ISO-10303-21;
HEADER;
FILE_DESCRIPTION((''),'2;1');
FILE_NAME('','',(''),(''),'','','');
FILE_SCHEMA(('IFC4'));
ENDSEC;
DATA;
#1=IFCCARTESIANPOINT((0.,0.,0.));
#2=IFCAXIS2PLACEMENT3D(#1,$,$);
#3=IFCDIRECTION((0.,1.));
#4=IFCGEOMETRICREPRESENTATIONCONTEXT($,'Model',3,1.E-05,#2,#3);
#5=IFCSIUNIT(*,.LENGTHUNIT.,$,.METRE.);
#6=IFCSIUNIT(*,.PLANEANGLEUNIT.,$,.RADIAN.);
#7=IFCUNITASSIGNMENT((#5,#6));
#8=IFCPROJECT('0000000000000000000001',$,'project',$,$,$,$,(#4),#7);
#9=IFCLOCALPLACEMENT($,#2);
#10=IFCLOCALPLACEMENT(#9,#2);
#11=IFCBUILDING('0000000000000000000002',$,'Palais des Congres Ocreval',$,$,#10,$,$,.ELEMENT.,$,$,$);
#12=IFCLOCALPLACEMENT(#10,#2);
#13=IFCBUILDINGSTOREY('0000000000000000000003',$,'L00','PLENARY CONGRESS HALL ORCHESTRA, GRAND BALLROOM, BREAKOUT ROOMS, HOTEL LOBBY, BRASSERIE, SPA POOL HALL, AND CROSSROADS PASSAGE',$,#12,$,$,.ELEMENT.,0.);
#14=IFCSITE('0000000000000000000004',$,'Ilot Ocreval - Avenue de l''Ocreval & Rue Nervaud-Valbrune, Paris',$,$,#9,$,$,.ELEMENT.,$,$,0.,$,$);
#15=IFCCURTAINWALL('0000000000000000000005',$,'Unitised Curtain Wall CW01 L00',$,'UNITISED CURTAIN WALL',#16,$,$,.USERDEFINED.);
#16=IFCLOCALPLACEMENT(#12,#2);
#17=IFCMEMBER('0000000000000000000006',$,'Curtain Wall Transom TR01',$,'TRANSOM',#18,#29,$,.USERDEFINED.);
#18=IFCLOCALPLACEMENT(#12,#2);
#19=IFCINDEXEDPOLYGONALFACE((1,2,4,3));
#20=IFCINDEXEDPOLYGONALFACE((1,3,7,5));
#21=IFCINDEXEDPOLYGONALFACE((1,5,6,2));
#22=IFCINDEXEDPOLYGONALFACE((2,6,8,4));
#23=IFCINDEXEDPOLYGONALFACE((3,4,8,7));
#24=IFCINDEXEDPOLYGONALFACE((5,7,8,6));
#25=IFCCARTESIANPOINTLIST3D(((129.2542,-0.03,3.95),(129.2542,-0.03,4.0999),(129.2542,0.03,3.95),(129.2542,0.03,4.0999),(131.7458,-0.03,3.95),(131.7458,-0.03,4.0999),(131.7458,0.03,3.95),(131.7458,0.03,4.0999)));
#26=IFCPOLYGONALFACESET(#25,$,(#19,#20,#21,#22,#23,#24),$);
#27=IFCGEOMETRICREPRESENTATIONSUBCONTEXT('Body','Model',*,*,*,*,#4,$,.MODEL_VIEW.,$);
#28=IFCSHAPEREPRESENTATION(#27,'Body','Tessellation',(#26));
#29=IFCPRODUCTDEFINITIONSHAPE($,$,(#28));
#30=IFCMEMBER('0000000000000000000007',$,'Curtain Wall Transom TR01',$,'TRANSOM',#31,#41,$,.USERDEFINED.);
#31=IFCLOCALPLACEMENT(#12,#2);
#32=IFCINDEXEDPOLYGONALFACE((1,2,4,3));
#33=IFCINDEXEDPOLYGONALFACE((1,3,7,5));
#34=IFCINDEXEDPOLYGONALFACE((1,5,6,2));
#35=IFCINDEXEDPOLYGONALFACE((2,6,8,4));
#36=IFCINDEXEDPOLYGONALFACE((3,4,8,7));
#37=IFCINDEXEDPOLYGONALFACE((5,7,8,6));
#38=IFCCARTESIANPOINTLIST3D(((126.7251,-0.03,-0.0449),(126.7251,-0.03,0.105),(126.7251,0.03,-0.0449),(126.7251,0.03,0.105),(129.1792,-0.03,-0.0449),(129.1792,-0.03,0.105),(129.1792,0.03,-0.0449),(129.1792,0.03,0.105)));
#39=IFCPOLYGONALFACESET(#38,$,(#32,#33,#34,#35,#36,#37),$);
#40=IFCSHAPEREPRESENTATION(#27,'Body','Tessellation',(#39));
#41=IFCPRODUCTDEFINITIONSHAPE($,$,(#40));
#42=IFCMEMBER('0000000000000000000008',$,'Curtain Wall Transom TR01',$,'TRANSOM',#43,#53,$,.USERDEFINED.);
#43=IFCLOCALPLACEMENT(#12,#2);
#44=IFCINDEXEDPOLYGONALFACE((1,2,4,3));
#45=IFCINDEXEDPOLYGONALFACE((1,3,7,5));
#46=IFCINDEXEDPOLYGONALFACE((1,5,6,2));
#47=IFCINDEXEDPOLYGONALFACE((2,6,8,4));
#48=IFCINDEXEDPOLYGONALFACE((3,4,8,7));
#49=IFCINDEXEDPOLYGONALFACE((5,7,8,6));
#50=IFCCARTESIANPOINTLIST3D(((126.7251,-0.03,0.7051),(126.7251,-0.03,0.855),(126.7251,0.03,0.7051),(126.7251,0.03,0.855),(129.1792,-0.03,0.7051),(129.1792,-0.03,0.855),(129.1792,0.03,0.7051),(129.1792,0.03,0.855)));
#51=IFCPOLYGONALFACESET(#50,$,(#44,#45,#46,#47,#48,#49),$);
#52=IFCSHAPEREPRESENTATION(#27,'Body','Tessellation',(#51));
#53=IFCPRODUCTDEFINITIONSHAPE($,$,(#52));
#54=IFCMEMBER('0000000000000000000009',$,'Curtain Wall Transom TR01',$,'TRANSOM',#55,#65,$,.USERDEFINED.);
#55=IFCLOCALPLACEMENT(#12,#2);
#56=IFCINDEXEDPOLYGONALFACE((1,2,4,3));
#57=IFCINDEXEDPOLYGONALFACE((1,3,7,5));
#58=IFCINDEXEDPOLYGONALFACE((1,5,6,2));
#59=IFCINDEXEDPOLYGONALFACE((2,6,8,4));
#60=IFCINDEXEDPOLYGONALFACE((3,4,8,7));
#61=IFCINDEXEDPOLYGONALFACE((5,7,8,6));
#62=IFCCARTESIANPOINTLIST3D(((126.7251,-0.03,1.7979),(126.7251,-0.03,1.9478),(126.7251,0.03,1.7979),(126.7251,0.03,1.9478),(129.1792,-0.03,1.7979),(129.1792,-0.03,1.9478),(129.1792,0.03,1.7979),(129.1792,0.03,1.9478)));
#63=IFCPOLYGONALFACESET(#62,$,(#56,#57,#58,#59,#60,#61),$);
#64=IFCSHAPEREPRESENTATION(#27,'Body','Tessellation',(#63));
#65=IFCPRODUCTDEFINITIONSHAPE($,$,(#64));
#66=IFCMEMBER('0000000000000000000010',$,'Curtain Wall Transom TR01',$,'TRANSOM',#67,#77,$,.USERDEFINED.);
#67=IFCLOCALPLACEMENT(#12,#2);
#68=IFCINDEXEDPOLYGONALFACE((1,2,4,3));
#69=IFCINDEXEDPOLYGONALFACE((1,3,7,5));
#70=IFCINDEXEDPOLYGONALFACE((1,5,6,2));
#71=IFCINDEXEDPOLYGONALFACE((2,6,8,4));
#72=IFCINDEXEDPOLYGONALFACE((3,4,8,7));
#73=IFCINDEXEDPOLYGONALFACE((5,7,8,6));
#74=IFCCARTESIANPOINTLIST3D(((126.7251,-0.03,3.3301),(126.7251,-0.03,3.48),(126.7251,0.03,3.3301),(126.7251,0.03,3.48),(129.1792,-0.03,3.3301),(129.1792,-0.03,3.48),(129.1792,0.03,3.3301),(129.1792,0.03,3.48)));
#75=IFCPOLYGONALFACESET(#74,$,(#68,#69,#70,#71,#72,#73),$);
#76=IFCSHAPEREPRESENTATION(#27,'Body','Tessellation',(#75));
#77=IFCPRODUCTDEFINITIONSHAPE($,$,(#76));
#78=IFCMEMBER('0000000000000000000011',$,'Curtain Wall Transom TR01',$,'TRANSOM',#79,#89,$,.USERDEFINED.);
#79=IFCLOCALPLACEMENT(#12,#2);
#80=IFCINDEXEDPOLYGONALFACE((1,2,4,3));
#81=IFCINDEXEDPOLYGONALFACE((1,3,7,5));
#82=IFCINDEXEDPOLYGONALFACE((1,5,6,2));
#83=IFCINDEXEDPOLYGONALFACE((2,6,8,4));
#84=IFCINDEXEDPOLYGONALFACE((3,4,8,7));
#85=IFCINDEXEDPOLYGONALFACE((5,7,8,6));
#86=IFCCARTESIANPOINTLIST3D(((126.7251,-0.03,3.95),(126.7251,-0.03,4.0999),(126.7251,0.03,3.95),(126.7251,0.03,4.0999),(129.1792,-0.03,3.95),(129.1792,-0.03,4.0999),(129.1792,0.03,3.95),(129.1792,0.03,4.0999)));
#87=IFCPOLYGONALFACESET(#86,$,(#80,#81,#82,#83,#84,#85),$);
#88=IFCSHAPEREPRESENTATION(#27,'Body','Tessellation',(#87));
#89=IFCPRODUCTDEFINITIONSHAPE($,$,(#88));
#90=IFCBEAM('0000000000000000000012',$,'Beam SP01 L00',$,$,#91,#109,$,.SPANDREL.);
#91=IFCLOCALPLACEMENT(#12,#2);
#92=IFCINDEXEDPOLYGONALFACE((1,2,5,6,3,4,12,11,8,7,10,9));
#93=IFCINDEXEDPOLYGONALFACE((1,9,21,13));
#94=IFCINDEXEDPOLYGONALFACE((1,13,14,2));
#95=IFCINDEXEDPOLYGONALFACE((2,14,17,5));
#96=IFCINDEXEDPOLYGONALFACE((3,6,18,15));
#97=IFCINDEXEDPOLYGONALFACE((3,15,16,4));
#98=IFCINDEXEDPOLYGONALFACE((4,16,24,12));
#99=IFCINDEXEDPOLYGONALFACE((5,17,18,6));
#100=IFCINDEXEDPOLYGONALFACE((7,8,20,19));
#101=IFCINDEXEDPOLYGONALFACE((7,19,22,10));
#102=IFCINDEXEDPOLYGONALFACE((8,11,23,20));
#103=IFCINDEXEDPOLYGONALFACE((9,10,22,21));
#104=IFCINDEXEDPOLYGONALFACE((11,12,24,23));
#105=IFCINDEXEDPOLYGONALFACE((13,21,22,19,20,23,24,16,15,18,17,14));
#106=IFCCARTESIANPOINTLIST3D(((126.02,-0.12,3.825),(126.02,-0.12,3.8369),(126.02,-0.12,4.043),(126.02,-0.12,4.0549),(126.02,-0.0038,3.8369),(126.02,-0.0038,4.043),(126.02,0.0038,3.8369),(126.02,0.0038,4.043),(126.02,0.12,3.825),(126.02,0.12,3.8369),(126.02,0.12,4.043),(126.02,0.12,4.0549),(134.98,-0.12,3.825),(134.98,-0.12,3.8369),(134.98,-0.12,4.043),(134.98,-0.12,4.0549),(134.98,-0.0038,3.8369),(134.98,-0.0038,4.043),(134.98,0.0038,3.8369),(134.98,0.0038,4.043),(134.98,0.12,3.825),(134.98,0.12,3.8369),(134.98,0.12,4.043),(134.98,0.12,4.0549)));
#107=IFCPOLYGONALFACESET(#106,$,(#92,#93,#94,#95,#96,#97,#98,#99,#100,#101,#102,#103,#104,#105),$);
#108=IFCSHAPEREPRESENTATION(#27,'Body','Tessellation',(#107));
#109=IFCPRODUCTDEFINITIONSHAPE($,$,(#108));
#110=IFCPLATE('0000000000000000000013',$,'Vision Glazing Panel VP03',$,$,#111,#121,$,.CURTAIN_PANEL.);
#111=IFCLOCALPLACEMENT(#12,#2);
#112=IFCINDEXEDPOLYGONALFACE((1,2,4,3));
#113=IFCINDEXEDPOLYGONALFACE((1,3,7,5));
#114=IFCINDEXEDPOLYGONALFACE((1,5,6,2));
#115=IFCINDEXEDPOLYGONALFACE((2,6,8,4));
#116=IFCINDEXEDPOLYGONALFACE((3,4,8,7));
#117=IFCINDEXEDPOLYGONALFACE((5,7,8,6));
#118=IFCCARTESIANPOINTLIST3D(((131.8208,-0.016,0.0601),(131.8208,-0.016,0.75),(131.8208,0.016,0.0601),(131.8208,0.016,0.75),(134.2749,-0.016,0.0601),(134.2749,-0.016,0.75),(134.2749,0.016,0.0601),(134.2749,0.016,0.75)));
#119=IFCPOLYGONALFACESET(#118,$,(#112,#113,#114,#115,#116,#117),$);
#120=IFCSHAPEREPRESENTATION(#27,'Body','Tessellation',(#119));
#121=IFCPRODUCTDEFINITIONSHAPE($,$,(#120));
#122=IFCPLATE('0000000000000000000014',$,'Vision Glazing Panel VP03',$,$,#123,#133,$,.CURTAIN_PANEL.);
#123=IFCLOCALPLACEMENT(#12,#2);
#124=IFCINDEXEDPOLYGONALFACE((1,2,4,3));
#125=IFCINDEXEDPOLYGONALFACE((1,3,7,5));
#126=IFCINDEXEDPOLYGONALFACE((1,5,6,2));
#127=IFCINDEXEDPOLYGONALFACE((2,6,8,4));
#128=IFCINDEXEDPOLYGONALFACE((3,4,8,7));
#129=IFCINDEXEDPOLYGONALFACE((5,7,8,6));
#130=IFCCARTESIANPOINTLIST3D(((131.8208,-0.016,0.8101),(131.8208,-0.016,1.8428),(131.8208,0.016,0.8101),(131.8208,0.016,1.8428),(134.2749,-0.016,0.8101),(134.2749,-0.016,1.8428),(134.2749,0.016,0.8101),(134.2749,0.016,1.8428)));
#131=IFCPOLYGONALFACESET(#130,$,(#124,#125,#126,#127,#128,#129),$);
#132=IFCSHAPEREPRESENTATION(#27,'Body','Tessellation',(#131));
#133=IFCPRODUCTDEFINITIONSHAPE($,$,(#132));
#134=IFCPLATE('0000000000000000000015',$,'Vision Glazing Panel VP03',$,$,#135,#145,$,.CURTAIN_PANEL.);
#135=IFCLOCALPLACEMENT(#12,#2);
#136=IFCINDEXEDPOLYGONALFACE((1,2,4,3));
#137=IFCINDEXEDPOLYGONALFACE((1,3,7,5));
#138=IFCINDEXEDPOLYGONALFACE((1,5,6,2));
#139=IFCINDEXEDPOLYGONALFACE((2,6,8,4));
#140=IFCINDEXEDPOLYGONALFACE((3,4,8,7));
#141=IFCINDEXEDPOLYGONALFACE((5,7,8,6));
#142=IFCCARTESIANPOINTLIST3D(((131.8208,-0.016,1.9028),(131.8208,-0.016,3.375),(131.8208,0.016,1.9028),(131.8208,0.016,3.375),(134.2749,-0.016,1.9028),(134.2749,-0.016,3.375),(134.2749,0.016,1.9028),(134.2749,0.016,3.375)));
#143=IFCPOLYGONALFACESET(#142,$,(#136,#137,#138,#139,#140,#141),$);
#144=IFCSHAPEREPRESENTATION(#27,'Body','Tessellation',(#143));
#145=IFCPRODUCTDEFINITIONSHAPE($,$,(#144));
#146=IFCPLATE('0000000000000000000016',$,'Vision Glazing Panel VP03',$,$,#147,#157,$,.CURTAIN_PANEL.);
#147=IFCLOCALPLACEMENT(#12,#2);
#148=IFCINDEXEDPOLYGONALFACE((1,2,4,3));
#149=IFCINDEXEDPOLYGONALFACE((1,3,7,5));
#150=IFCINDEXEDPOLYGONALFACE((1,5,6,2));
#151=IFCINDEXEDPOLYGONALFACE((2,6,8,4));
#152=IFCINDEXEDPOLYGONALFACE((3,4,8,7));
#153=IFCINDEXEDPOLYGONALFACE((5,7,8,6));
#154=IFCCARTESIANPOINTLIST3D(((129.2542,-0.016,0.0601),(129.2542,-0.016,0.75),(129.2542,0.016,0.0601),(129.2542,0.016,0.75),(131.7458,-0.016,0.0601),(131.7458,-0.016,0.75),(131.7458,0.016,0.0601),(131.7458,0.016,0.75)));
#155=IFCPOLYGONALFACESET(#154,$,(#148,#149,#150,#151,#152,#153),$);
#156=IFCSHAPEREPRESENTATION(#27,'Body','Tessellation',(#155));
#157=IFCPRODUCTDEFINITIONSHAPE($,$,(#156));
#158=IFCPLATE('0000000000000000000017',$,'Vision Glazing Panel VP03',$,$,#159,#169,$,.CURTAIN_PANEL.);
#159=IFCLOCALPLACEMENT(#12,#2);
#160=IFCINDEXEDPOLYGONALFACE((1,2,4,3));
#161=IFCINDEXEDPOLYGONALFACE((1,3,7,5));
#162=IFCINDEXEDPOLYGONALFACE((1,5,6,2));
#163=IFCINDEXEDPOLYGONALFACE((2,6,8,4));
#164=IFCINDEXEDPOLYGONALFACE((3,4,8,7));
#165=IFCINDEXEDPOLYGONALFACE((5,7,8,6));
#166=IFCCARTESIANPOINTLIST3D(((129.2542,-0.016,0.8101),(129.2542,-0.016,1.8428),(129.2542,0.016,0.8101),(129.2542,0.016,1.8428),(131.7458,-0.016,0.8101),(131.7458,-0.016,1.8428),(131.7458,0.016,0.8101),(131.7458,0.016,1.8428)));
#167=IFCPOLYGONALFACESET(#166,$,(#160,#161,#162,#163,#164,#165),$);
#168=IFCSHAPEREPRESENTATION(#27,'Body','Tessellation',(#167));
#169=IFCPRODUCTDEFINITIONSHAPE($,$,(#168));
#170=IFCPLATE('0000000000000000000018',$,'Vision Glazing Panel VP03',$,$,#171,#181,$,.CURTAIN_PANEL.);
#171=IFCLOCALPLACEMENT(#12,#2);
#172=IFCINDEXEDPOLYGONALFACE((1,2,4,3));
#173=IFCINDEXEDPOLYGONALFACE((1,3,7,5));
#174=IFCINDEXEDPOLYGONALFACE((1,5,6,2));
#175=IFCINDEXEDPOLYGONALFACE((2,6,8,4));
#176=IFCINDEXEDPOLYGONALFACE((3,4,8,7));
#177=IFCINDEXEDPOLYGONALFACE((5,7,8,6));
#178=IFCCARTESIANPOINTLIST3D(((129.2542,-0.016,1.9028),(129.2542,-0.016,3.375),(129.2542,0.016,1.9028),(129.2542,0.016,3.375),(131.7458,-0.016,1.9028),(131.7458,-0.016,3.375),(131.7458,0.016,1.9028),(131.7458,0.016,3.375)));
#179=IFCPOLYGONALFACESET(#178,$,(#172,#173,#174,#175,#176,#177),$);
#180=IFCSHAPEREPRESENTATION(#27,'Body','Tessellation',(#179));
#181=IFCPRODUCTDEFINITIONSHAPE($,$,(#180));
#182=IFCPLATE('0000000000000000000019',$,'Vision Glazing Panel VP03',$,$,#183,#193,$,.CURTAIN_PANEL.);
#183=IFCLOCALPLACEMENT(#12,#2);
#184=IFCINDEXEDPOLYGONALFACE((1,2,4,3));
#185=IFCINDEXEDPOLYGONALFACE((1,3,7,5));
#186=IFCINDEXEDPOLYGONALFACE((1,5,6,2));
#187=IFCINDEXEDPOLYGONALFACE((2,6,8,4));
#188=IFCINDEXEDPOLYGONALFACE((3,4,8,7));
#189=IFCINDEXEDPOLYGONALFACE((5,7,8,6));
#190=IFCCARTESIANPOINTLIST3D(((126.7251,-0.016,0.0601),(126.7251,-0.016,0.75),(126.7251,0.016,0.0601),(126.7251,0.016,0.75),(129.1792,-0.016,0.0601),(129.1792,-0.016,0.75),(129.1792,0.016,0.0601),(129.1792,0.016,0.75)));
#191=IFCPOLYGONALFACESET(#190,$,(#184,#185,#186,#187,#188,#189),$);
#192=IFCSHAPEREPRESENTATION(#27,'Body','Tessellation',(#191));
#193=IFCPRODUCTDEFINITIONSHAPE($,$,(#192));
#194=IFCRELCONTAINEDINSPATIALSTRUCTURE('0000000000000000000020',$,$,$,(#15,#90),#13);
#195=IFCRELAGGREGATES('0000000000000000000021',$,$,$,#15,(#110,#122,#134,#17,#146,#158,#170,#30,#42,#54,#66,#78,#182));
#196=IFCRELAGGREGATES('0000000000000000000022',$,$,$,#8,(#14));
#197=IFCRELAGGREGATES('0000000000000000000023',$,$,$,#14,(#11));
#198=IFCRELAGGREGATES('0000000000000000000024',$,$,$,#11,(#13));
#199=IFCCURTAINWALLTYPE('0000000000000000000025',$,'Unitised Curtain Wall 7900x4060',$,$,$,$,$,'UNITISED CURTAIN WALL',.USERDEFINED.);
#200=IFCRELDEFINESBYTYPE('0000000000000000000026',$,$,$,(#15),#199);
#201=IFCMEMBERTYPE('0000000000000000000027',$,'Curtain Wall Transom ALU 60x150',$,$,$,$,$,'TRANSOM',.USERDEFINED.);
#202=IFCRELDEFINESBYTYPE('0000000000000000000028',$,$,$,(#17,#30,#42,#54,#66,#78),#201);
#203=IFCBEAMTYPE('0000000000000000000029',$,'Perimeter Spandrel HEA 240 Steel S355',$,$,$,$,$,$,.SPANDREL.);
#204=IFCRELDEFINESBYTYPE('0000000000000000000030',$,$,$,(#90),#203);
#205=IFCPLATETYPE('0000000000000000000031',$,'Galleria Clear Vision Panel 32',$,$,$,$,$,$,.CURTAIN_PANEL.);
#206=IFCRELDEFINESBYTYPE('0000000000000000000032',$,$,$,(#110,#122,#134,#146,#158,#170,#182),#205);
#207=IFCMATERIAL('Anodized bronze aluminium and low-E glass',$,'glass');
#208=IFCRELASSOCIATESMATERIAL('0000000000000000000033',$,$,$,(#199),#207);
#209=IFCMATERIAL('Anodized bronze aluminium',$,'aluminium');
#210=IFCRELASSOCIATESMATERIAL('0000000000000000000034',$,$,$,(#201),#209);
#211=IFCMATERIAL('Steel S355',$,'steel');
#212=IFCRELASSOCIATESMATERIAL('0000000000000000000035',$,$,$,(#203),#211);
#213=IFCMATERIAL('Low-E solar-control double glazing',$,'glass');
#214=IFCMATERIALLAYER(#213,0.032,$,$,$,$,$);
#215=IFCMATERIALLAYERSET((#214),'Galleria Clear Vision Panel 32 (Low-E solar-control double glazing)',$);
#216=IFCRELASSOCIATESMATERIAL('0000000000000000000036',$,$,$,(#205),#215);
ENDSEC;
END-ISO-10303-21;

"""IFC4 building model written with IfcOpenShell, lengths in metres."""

from ifc_helpers import new_model, si_unit, direction, frame, origin, origin_2d, place, context, subcontext, project, spatial, rectangle, i_section, extrude, material, layer, layer_set, material_profile, profile_set, type_object, element, aggregate, save


model = new_model("IFC4")

# Units and contexts
model_context = context("Model", 3, precision=1e-05, world=origin(), true_north=direction((0.0, 1.0)))
body_context = subcontext(model_context, "Body", "Model", "MODEL_VIEW")
ifc_project = project(units=[si_unit("LENGTHUNIT", "METRE"), si_unit("PLANEANGLEUNIT", "RADIAN")], contexts=[model_context])

# Site, building, storey
site_placement = place(None, origin())
site = spatial("IfcSite", under=ifc_project, at=site_placement, Name="Ilot Ocreval - Avenue de l'Ocreval & Rue Nervaud-Valbrune, Paris", CompositionType="ELEMENT", RefElevation=0.0)
building_placement = place(site_placement, origin())
building = spatial("IfcBuilding", under=site, at=building_placement, Name="Palais des Congres Ocreval", CompositionType="ELEMENT")
storey_placement = place(building_placement, origin())
storey = spatial("IfcBuildingStorey", under=building, at=storey_placement, Name="L00", Description="PLENARY CONGRESS HALL ORCHESTRA, GRAND BALLROOM, BREAKOUT ROOMS, HOTEL LOBBY, BRASSERIE, SPA POOL HALL, AND CROSSROADS PASSAGE", CompositionType="ELEMENT", Elevation=0.0)

# Shared definitions
ifc_material_1 = material(Name="Steel S355", Category="steel")

# Curtain wall, members
ifc_material_2 = material(Name="Anodized bronze aluminium and low-E glass", Category="glass")
curtain_wall_type = type_object("IfcCurtainWallType", Name="Unitised Curtain Wall 7900x4060", ElementType="UNITISED CURTAIN WALL", PredefinedType="USERDEFINED", material=ifc_material_2)
curtain_wall_placement = place(storey_placement, origin())
curtain_wall = element("IfcCurtainWall", 1, at=curtain_wall_placement, inside=storey, type_object=curtain_wall_type, Name="Unitised Curtain Wall CW01 L00", ObjectType="UNITISED CURTAIN WALL", PredefinedType="USERDEFINED")
ifc_material_3 = material(Name="Anodized bronze aluminium", Category="aluminium")
ifc_material_profile_1 = material_profile(ifc_material_3, rectangle(XDim=0.0601, YDim=0.1499, at=origin_2d()), Name="ALU 60x150")
ifc_profile_set_1 = profile_set([ifc_material_profile_1], Name="Anodized bronze aluminium")
member_type_1 = type_object("IfcMemberType", Name="Curtain Wall Transom ALU 60x150", ElementType="TRANSOM", PredefinedType="USERDEFINED", material=ifc_profile_set_1)
member_1_placement = place(storey_placement, frame((131.7458, 0.0, 4.0249), z_axis=(-1.0, 0.0, 0.0), x_axis=(0.0, -1.0, 0.0)))
member_1 = element("IfcMember", 2, at=member_1_placement, type_object=member_type_1, Name="Curtain Wall Transom TR01", ObjectType="TRANSOM", PredefinedType="USERDEFINED", context=body_context, shape_type="SweptSolid", body=[
    extrude(rectangle(XDim=0.0601, YDim=0.1499, at=origin_2d()), origin(), (0.0, 0.0, 1.0), 2.4917),
])
member_2_placement = place(storey_placement, frame((129.1792, 0.0, 0.03), z_axis=(-1.0, 0.0, 0.0), x_axis=(0.0, -1.0, 0.0)))
member_2 = element("IfcMember", 3, at=member_2_placement, type_object=member_type_1, Name="Curtain Wall Transom TR01", ObjectType="TRANSOM", PredefinedType="USERDEFINED", context=body_context, shape_type="SweptSolid", body=[
    extrude(rectangle(XDim=0.0601, YDim=0.1499, at=origin_2d()), origin(), (0.0, 0.0, 1.0), 2.4541),
])
member_3_placement = place(storey_placement, frame((129.1792, 0.0, 0.78), z_axis=(-1.0, 0.0, 0.0), x_axis=(0.0, -1.0, 0.0)))
member_3 = element("IfcMember", 4, at=member_3_placement, type_object=member_type_1, Name="Curtain Wall Transom TR01", ObjectType="TRANSOM", PredefinedType="USERDEFINED", context=body_context, shape_type="SweptSolid", body=[
    extrude(rectangle(XDim=0.0601, YDim=0.1499, at=origin_2d()), origin(), (0.0, 0.0, 1.0), 2.4541),
])
member_4_placement = place(storey_placement, frame((129.1792, 0.0, 1.8728), z_axis=(-1.0, 0.0, 0.0), x_axis=(0.0, -1.0, 0.0)))
member_4 = element("IfcMember", 5, at=member_4_placement, type_object=member_type_1, Name="Curtain Wall Transom TR01", ObjectType="TRANSOM", PredefinedType="USERDEFINED", context=body_context, shape_type="SweptSolid", body=[
    extrude(rectangle(XDim=0.0601, YDim=0.1499, at=origin_2d()), origin(), (0.0, 0.0, 1.0), 2.4541),
])
member_5_placement = place(storey_placement, frame((129.1792, 0.0, 3.405), z_axis=(-1.0, 0.0, 0.0), x_axis=(0.0, -1.0, 0.0)))
member_5 = element("IfcMember", 6, at=member_5_placement, type_object=member_type_1, Name="Curtain Wall Transom TR01", ObjectType="TRANSOM", PredefinedType="USERDEFINED", context=body_context, shape_type="SweptSolid", body=[
    extrude(rectangle(XDim=0.0601, YDim=0.1499, at=origin_2d()), origin(), (0.0, 0.0, 1.0), 2.4541),
])
member_6_placement = place(storey_placement, frame((129.1792, 0.0, 4.0249), z_axis=(-1.0, 0.0, 0.0), x_axis=(0.0, -1.0, 0.0)))
member_6 = element("IfcMember", 7, at=member_6_placement, type_object=member_type_1, Name="Curtain Wall Transom TR01", ObjectType="TRANSOM", PredefinedType="USERDEFINED", context=body_context, shape_type="SweptSolid", body=[
    extrude(rectangle(XDim=0.0601, YDim=0.1499, at=origin_2d()), origin(), (0.0, 0.0, 1.0), 2.4541),
])

# Beam
ifc_material_profile_2 = material_profile(ifc_material_1, i_section(OverallWidth=0.24, OverallDepth=0.23, WebThickness=0.0076, FlangeThickness=0.012, at=origin_2d()), Name="HEA 240")
ifc_profile_set_2 = profile_set([ifc_material_profile_2], Name="Steel S355")
beam_type = type_object("IfcBeamType", Name="Perimeter Spandrel HEA 240 Steel S355", PredefinedType="SPANDREL", material=ifc_profile_set_2)
beam_placement = place(storey_placement, frame((126.02, 0.0, 3.9399), z_axis=(1.0, 0.0, 0.0), x_axis=(0.0, 1.0, 0.0)))
element("IfcBeam", 8, at=beam_placement, inside=storey, type_object=beam_type, Name="Beam SP01 L00", PredefinedType="SPANDREL", context=body_context, shape_type="SweptSolid", body=[
    extrude(i_section(OverallWidth=0.24, OverallDepth=0.23, WebThickness=0.0076, FlangeThickness=0.012, at=origin_2d()), origin(), (0.0, 0.0, 1.0), 8.96),
])

# Plates
ifc_material_4 = material(Name="Low-E solar-control double glazing", Category="glass")
ifc_layer_1 = layer(ifc_material_4, 0.032)
ifc_layer_set_1 = layer_set([ifc_layer_1], Name="Galleria Clear Vision Panel 32 (Low-E solar-control double glazing)")
plate_type_1 = type_object("IfcPlateType", Name="Galleria Clear Vision Panel 32", PredefinedType="CURTAIN_PANEL", material=ifc_layer_set_1)
plate_1_placement = place(storey_placement, frame((133.0479, 0.0, 0.0601), z_axis=(0.0, 0.0, 1.0), x_axis=(-1.0, 0.0, 0.0)))
plate_1 = element("IfcPlate", 9, at=plate_1_placement, type_object=plate_type_1, Name="Vision Glazing Panel VP03", PredefinedType="CURTAIN_PANEL", context=body_context, shape_type="SweptSolid", body=[
    extrude(rectangle(XDim=2.4541, YDim=0.032, at=origin_2d()), origin(), (0.0, 0.0, 1.0), 0.6899),
])
plate_2_placement = place(storey_placement, frame((133.0479, 0.0, 0.8101), z_axis=(0.0, 0.0, 1.0), x_axis=(-1.0, 0.0, 0.0)))
plate_2 = element("IfcPlate", 10, at=plate_2_placement, type_object=plate_type_1, Name="Vision Glazing Panel VP03", PredefinedType="CURTAIN_PANEL", context=body_context, shape_type="SweptSolid", body=[
    extrude(rectangle(XDim=2.4541, YDim=0.032, at=origin_2d()), origin(), (0.0, 0.0, 1.0), 1.0327),
])
plate_3_placement = place(storey_placement, frame((133.0479, 0.0, 1.9028), z_axis=(0.0, 0.0, 1.0), x_axis=(-1.0, 0.0, 0.0)))
plate_3 = element("IfcPlate", 11, at=plate_3_placement, type_object=plate_type_1, Name="Vision Glazing Panel VP03", PredefinedType="CURTAIN_PANEL", context=body_context, shape_type="SweptSolid", body=[
    extrude(rectangle(XDim=2.4541, YDim=0.032, at=origin_2d()), origin(), (0.0, 0.0, 1.0), 1.4722),
])
plate_4_placement = place(storey_placement, frame((130.5, 0.0, 0.0601), z_axis=(0.0, 0.0, 1.0), x_axis=(-1.0, 0.0, 0.0)))
plate_4 = element("IfcPlate", 12, at=plate_4_placement, type_object=plate_type_1, Name="Vision Glazing Panel VP03", PredefinedType="CURTAIN_PANEL", context=body_context, shape_type="SweptSolid", body=[
    extrude(rectangle(XDim=2.4917, YDim=0.032, at=origin_2d()), origin(), (0.0, 0.0, 1.0), 0.6899),
])
plate_5_placement = place(storey_placement, frame((130.5, 0.0, 0.8101), z_axis=(0.0, 0.0, 1.0), x_axis=(-1.0, 0.0, 0.0)))
plate_5 = element("IfcPlate", 13, at=plate_5_placement, type_object=plate_type_1, Name="Vision Glazing Panel VP03", PredefinedType="CURTAIN_PANEL", context=body_context, shape_type="SweptSolid", body=[
    extrude(rectangle(XDim=2.4917, YDim=0.032, at=origin_2d()), origin(), (0.0, 0.0, 1.0), 1.0327),
])
plate_6_placement = place(storey_placement, frame((130.5, 0.0, 1.9028), z_axis=(0.0, 0.0, 1.0), x_axis=(-1.0, 0.0, 0.0)))
plate_6 = element("IfcPlate", 14, at=plate_6_placement, type_object=plate_type_1, Name="Vision Glazing Panel VP03", PredefinedType="CURTAIN_PANEL", context=body_context, shape_type="SweptSolid", body=[
    extrude(rectangle(XDim=2.4917, YDim=0.032, at=origin_2d()), origin(), (0.0, 0.0, 1.0), 1.4722),
])
plate_7_placement = place(storey_placement, frame((127.9521, 0.0, 0.0601), z_axis=(0.0, 0.0, 1.0), x_axis=(-1.0, 0.0, 0.0)))
plate_7 = element("IfcPlate", 15, at=plate_7_placement, type_object=plate_type_1, Name="Vision Glazing Panel VP03", PredefinedType="CURTAIN_PANEL", context=body_context, shape_type="SweptSolid", body=[
    extrude(rectangle(XDim=2.4541, YDim=0.032, at=origin_2d()), origin(), (0.0, 0.0, 1.0), 0.6899),
])
aggregate(curtain_wall, [plate_1, plate_2, plate_3, member_1, plate_4, plate_5, plate_6, member_2, member_3, member_4, member_5, member_6, plate_7])

save(model, "model.ifc")
